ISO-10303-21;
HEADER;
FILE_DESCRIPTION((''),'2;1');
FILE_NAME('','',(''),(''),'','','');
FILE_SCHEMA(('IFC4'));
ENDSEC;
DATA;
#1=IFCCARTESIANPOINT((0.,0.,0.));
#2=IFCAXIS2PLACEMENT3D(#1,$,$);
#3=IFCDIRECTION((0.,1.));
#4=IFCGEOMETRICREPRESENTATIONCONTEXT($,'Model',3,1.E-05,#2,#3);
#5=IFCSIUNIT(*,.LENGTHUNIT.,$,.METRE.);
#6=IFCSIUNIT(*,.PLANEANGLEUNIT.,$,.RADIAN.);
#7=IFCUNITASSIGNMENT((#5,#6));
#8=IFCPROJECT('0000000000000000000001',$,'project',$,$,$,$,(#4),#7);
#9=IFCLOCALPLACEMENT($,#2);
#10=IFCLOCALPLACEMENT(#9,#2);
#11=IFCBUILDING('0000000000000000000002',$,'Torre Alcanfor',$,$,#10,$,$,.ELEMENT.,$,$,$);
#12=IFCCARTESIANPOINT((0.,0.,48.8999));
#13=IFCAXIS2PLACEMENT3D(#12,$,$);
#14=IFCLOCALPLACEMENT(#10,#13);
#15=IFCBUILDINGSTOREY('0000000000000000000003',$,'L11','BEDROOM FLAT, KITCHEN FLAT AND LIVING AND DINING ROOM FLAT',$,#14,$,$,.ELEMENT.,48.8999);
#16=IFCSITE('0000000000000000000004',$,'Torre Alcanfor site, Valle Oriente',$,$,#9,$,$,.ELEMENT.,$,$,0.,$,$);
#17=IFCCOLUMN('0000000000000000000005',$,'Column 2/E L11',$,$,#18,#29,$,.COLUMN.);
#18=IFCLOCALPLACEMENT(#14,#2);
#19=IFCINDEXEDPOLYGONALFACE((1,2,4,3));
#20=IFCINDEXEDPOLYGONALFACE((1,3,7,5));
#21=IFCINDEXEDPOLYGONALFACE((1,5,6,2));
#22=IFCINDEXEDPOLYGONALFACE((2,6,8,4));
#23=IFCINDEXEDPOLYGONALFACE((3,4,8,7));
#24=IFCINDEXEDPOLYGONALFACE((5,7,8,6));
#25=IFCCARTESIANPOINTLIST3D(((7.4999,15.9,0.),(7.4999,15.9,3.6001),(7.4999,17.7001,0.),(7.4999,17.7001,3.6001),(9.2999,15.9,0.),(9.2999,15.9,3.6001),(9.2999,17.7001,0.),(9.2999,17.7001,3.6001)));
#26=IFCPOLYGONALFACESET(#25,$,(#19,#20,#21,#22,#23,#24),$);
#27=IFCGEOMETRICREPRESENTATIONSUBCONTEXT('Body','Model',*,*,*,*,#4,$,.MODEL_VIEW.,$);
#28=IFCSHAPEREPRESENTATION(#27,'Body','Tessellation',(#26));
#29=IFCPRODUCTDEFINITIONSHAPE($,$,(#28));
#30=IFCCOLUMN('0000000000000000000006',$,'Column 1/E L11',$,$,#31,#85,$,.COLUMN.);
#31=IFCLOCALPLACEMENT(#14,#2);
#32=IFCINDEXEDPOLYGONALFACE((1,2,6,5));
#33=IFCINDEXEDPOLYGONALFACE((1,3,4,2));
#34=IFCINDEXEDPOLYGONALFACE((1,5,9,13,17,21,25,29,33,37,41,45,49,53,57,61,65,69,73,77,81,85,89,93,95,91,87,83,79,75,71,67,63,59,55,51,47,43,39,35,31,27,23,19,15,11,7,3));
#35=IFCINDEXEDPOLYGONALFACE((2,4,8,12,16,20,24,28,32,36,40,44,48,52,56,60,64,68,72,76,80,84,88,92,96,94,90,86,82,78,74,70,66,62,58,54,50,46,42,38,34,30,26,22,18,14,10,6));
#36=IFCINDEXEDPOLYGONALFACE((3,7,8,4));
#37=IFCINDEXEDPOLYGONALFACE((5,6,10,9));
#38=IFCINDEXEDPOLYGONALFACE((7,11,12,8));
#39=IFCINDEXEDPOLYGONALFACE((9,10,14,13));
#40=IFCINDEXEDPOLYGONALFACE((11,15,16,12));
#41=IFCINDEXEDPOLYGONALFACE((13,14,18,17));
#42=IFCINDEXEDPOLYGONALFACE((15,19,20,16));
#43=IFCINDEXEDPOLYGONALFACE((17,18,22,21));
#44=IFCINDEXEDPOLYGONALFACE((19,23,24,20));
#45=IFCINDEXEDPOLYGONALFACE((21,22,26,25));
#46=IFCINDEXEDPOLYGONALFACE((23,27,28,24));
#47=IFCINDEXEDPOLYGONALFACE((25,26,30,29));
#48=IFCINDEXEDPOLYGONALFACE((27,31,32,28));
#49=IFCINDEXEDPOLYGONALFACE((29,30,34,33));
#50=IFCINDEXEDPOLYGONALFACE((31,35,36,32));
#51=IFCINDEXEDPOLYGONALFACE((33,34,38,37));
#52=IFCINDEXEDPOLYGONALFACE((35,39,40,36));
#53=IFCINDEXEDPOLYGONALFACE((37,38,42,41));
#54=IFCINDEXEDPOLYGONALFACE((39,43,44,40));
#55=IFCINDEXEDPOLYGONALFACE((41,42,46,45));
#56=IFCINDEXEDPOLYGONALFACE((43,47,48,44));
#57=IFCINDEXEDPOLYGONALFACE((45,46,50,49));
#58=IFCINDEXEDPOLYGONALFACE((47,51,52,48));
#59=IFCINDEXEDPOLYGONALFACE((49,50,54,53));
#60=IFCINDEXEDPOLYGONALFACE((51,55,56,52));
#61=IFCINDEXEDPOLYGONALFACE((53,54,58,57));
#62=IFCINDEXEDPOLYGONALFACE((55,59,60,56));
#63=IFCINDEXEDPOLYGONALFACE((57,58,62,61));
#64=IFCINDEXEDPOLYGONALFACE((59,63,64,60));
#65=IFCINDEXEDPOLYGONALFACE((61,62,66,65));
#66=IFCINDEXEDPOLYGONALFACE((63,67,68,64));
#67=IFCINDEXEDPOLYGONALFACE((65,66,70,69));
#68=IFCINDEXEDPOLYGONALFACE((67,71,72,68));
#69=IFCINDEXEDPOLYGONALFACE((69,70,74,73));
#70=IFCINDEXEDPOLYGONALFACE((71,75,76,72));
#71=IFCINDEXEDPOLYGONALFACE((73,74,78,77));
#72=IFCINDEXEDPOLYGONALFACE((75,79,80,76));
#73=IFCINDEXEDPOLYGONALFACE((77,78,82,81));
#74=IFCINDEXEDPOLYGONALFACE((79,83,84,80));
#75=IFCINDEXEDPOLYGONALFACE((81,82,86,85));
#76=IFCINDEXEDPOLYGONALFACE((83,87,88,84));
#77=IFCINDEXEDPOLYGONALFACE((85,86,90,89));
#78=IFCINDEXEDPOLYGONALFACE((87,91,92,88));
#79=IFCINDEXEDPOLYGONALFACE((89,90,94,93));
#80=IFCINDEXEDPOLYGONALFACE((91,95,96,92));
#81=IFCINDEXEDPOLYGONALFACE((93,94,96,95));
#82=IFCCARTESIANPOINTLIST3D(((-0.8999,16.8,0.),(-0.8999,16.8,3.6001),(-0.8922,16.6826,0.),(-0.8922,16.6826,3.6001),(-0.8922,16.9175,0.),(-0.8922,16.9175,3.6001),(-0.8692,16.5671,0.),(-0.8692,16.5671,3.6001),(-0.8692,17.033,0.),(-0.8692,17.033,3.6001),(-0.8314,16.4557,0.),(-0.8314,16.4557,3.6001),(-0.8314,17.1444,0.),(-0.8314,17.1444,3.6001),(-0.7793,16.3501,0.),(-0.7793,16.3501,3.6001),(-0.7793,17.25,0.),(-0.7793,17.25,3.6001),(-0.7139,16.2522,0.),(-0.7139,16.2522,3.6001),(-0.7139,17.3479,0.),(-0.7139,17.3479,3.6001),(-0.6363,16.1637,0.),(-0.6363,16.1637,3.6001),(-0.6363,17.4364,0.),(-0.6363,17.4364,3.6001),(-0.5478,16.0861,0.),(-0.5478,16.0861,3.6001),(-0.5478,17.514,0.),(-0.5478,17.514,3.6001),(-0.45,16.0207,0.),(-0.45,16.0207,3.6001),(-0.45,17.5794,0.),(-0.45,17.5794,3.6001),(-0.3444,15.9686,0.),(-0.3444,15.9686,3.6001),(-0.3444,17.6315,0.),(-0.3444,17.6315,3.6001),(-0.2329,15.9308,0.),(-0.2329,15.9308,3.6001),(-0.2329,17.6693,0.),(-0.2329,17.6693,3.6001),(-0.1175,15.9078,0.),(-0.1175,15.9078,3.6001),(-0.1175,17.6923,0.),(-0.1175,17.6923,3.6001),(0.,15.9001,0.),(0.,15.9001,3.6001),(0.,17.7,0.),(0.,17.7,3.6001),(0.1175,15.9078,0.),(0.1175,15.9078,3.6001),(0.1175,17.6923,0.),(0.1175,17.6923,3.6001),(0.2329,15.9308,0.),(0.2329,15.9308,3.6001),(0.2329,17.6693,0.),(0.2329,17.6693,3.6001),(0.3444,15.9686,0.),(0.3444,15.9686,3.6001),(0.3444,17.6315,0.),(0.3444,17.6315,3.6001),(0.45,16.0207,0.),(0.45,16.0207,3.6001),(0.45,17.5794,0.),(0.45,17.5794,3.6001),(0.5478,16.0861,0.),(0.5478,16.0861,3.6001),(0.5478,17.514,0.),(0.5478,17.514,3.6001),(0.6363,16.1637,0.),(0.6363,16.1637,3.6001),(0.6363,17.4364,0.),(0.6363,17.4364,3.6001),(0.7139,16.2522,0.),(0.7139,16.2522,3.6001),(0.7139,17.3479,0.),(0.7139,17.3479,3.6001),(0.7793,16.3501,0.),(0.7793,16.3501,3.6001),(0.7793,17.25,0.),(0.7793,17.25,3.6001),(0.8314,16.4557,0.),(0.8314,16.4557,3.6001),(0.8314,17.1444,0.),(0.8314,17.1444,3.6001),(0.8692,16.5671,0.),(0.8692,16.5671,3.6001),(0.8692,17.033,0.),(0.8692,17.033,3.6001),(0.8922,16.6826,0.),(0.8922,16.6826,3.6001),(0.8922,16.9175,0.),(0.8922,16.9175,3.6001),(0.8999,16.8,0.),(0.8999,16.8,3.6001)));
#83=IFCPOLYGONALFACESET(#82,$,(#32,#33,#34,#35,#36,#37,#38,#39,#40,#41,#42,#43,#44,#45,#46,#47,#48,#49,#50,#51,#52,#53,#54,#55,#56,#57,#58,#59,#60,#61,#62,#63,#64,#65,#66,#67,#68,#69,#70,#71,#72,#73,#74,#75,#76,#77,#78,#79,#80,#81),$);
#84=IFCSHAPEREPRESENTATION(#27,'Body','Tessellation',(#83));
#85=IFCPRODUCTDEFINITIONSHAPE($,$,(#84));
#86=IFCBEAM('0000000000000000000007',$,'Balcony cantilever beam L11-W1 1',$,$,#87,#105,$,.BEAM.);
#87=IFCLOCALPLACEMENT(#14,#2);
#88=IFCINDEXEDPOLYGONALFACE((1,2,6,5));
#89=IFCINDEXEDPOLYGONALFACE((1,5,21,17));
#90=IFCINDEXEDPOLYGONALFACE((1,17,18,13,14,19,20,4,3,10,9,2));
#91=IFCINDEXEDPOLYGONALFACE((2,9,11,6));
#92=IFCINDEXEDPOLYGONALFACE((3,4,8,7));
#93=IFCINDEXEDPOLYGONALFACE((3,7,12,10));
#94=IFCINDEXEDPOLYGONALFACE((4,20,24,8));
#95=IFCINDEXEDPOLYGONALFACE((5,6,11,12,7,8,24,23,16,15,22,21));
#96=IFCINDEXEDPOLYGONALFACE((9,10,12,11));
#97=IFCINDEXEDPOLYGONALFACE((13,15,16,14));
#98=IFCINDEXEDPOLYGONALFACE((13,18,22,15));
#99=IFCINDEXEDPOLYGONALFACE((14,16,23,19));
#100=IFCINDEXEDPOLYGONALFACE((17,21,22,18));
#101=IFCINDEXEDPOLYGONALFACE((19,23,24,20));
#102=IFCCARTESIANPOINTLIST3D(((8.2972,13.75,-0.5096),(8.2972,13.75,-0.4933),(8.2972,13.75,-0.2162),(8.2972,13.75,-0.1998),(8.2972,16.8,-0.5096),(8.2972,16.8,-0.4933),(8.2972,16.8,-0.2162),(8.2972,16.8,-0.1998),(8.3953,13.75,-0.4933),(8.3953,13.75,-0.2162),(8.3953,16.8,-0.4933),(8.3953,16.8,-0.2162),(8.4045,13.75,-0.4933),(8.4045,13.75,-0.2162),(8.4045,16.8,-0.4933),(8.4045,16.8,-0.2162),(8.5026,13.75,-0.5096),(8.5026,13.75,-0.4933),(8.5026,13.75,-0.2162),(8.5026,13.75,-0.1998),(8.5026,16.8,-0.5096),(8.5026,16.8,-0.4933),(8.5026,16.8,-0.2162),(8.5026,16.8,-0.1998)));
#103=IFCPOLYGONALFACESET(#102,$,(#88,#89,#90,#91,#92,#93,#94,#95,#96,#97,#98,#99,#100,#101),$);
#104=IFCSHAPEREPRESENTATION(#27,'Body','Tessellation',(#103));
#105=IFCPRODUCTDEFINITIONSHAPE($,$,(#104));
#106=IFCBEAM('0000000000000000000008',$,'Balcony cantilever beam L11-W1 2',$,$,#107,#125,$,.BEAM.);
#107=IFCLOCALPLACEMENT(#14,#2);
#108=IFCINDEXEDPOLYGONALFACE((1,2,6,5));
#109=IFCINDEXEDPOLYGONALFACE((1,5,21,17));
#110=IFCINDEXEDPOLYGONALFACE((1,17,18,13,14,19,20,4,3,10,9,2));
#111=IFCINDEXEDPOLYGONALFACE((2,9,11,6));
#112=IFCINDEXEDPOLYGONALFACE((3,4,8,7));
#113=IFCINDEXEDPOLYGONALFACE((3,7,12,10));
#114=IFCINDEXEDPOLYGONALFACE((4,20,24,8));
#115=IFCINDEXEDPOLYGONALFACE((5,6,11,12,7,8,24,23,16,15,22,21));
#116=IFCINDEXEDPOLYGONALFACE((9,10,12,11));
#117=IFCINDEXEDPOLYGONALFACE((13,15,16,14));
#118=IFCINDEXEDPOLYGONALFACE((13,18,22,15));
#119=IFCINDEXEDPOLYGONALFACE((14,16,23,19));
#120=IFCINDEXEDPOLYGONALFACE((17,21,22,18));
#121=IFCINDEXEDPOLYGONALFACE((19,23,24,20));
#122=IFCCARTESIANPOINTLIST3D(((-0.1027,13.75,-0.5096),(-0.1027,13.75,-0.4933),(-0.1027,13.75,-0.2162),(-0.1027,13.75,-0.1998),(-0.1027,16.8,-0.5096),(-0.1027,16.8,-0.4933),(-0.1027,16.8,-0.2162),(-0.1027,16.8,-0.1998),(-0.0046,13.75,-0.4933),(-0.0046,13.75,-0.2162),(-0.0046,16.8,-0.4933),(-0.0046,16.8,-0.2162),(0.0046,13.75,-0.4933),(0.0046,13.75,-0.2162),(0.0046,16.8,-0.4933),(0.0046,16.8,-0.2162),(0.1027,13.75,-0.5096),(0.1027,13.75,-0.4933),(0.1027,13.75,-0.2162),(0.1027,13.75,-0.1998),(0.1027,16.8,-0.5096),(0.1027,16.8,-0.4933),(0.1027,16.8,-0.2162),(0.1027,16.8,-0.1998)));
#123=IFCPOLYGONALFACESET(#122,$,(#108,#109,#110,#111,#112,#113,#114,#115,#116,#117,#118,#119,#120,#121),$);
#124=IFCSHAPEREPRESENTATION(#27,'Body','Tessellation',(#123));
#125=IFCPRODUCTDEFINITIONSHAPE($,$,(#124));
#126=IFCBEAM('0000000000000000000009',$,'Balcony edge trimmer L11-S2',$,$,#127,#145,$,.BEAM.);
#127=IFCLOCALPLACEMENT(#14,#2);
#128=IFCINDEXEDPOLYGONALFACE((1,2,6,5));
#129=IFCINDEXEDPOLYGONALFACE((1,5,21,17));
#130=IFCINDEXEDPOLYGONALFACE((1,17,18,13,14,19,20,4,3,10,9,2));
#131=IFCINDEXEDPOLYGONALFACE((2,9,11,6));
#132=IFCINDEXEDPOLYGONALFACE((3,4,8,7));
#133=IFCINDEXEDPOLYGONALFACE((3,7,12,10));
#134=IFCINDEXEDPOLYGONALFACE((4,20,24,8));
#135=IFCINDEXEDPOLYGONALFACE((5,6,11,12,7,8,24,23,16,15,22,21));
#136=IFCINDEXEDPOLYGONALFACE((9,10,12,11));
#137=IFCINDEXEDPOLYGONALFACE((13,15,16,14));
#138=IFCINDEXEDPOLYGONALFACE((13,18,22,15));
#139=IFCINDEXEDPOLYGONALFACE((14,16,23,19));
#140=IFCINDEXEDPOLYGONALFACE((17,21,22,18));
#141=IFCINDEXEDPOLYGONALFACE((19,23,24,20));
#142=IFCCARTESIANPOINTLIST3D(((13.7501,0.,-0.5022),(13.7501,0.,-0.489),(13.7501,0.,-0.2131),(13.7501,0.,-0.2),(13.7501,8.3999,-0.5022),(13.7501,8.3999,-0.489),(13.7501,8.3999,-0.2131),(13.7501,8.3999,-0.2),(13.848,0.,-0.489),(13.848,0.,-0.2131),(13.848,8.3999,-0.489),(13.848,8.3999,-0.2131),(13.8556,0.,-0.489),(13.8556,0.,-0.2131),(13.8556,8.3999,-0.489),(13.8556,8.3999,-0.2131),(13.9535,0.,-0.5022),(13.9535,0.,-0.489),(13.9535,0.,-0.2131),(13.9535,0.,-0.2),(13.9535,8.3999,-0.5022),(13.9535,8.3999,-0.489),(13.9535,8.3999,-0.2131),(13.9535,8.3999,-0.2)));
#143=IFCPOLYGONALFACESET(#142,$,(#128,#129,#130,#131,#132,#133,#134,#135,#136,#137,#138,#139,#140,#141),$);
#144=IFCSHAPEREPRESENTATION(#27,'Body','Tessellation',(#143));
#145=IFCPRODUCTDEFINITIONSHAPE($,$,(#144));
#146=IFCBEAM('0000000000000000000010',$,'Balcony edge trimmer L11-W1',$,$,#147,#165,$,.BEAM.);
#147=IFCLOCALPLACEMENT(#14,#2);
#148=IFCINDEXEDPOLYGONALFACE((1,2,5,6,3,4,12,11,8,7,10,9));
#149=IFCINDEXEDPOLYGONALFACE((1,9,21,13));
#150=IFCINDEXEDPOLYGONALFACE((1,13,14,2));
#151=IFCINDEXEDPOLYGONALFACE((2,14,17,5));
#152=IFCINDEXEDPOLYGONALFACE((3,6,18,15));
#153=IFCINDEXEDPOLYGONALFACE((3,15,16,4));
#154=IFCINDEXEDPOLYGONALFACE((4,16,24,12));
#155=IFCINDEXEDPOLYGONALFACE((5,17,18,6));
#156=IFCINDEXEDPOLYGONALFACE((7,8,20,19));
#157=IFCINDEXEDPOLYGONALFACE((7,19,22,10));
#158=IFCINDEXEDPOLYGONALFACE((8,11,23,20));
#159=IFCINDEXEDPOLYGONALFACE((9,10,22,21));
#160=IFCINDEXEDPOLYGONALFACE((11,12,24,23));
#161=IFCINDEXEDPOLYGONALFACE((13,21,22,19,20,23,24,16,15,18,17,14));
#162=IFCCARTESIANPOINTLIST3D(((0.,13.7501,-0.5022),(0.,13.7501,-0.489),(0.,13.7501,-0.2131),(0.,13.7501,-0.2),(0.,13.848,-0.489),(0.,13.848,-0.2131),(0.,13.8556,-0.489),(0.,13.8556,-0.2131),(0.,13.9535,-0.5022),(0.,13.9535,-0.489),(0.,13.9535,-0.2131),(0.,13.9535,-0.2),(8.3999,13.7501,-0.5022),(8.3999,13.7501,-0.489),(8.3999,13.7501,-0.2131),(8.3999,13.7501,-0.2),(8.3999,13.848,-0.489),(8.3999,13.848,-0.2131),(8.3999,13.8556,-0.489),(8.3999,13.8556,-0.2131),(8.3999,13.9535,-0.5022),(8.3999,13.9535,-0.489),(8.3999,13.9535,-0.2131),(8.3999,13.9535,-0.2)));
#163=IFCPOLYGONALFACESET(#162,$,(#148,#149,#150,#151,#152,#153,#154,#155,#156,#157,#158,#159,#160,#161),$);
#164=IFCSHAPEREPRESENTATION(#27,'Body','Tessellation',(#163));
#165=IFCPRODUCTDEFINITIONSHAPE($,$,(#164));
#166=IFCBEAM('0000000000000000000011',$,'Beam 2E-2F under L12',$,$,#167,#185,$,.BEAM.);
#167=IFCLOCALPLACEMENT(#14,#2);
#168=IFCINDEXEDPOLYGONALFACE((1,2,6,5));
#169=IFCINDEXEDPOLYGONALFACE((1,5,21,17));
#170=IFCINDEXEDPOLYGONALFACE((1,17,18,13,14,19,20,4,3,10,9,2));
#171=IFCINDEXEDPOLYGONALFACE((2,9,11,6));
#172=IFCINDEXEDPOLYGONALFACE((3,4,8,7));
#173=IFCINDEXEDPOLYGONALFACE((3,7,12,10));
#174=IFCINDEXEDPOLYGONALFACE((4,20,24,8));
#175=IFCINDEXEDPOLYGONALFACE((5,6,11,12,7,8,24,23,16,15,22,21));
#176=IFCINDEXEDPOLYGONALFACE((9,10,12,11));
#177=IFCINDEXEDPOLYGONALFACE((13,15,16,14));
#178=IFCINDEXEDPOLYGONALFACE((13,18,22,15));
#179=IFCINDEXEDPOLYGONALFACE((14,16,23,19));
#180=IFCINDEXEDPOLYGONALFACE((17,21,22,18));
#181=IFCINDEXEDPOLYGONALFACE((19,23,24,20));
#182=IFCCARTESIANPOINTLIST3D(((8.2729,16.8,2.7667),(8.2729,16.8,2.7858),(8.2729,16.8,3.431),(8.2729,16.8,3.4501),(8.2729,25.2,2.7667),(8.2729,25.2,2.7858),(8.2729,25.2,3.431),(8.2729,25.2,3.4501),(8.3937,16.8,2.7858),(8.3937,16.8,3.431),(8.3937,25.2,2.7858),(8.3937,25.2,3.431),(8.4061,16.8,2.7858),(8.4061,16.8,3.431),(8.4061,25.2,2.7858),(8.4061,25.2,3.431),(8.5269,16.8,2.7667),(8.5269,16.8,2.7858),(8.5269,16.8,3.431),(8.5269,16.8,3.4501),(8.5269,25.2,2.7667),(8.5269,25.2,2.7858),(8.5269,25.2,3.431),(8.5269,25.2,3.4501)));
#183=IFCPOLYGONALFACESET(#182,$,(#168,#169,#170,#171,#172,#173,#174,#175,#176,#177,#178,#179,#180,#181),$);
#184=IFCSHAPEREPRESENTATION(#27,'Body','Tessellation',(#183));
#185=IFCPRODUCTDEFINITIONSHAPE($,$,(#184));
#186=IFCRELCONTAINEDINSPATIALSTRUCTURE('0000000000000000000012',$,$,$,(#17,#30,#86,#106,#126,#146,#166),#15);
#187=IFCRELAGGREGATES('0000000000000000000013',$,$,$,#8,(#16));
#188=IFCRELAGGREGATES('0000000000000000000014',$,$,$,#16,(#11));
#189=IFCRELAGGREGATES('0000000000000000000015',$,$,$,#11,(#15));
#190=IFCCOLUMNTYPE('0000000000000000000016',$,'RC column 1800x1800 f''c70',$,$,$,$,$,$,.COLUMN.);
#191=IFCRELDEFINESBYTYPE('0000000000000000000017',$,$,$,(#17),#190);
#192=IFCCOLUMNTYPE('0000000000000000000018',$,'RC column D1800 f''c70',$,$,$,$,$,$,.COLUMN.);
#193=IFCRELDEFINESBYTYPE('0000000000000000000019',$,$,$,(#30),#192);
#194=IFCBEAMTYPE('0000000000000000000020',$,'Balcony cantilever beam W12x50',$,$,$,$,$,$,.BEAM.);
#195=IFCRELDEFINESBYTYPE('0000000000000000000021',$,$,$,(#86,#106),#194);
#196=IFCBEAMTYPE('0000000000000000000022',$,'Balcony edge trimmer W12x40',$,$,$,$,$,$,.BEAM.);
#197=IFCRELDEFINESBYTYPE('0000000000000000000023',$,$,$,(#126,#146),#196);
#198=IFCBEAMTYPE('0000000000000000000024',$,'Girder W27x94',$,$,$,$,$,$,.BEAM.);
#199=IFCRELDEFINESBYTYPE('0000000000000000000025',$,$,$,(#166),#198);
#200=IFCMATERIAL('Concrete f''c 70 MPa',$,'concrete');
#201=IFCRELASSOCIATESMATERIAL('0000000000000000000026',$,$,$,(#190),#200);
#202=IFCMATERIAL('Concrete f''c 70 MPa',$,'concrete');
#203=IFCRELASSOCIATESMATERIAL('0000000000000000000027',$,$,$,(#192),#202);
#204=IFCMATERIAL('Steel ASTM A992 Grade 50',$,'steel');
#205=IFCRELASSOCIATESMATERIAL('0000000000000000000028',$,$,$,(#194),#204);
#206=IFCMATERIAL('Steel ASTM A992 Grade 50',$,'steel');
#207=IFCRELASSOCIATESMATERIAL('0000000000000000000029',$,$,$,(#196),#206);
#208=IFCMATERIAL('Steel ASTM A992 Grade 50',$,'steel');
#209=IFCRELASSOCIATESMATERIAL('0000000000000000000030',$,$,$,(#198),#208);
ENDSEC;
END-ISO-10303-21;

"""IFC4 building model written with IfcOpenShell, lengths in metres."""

from ifc_helpers import new_model, si_unit, direction, frame, origin, origin_2d, place, context, subcontext, project, spatial, rectangle, circle, i_section, extrude, material, material_profile, profile_set, type_object, element, save


model = new_model("IFC4")

# Units and contexts
model_context = context("Model", 3, precision=1e-05, world=origin(), true_north=direction((0.0, 1.0)))
body_context = subcontext(model_context, "Body", "Model", "MODEL_VIEW")
ifc_project = project(units=[si_unit("LENGTHUNIT", "METRE"), si_unit("PLANEANGLEUNIT", "RADIAN")], contexts=[model_context])

# Site, building, storey
site_placement = place(None, origin())
site = spatial("IfcSite", under=ifc_project, at=site_placement, Name="Torre Alcanfor site, Valle Oriente", CompositionType="ELEMENT", RefElevation=0.0)
building_placement = place(site_placement, origin())
building = spatial("IfcBuilding", under=site, at=building_placement, Name="Torre Alcanfor", CompositionType="ELEMENT")
storey_placement = place(building_placement, frame((0.0, 0.0, 48.8999)))
storey = spatial("IfcBuildingStorey", under=building, at=storey_placement, Name="L11", Description="BEDROOM FLAT, KITCHEN FLAT AND LIVING AND DINING ROOM FLAT", CompositionType="ELEMENT", Elevation=48.8999)

# Columns
ifc_material_1 = material(Name="Concrete f'c 70 MPa", Category="concrete")
ifc_material_profile_1 = material_profile(ifc_material_1, rectangle(XDim=1.8, YDim=1.8, at=origin_2d()), Name="1800x1800")
ifc_profile_set_1 = profile_set([ifc_material_profile_1], Name="Concrete f'c 70 MPa")
column_type_1 = type_object("IfcColumnType", Name="RC column 1800x1800 f'c70", PredefinedType="COLUMN", material=ifc_profile_set_1)
column_1_placement = place(storey_placement, frame((8.3999, 16.8, 0.0), z_axis=(0.0, 0.0, 1.0), x_axis=(1.0, 0.0, 0.0)))
element("IfcColumn", 1, at=column_1_placement, inside=storey, type_object=column_type_1, Name="Column 2/E L11", PredefinedType="COLUMN", context=body_context, shape_type="SweptSolid", body=[
    extrude(rectangle(XDim=1.8, YDim=1.8, at=origin_2d()), origin(), (0.0, 0.0, 1.0), 3.6001),
])
ifc_material_2 = material(Name="Concrete f'c 70 MPa", Category="concrete")
ifc_material_profile_2 = material_profile(ifc_material_2, circle(Radius=0.8999, at=origin_2d()), Name="D1800")
ifc_profile_set_2 = profile_set([ifc_material_profile_2], Name="Concrete f'c 70 MPa")
column_type_2 = type_object("IfcColumnType", Name="RC column D1800 f'c70", PredefinedType="COLUMN", material=ifc_profile_set_2)
column_2_placement = place(storey_placement, frame((0.0, 16.8, 0.0), z_axis=(0.0, 0.0, 1.0), x_axis=(1.0, 0.0, 0.0)))
element("IfcColumn", 2, at=column_2_placement, inside=storey, type_object=column_type_2, Name="Column 1/E L11", PredefinedType="COLUMN", context=body_context, shape_type="SweptSolid", body=[
    extrude(circle(Radius=0.8999, at=origin_2d()), origin(), (0.0, 0.0, 1.0), 3.6001),
])

# Beams
ifc_material_3 = material(Name="Steel ASTM A992 Grade 50", Category="steel")
ifc_material_profile_3 = material_profile(ifc_material_3, i_section(OverallWidth=0.2053, OverallDepth=0.3098, WebThickness=0.0093, FlangeThickness=0.0164, at=origin_2d()), Name="W12x50")
ifc_profile_set_3 = profile_set([ifc_material_profile_3], Name="Steel ASTM A992 Grade 50")
beam_type_1 = type_object("IfcBeamType", Name="Balcony cantilever beam W12x50", PredefinedType="BEAM", material=ifc_profile_set_3)
for number, where, z_axis, x_axis, name in (
    (3, (8.3999, 16.8, -0.3547), (0.0, -1.0, 0.0), (1.0, 0.0, 0.0), "Balcony cantilever beam L11-W1 1"),
    (4, (0.0, 16.8, -0.3547), (0.0, -1.0, 0.0), (1.0, 0.0, 0.0), "Balcony cantilever beam L11-W1 2"),
):
    element("IfcBeam", number, at=place(storey_placement, frame(where, z_axis=z_axis, x_axis=x_axis)), inside=storey, type_object=beam_type_1, Name=name, PredefinedType="BEAM", context=body_context, shape_type="SweptSolid", body=[
        extrude(i_section(OverallWidth=0.2053, OverallDepth=0.3098, WebThickness=0.0093, FlangeThickness=0.0164, at=origin_2d()), origin(), (0.0, 0.0, 1.0), 3.05),
    ])
ifc_material_4 = material(Name="Steel ASTM A992 Grade 50", Category="steel")
ifc_material_profile_4 = material_profile(ifc_material_4, i_section(OverallWidth=0.2034, OverallDepth=0.3022, WebThickness=0.0076, FlangeThickness=0.0132, at=origin_2d()), Name="W12x40")
ifc_profile_set_4 = profile_set([ifc_material_profile_4], Name="Steel ASTM A992 Grade 50")
beam_type_2 = type_object("IfcBeamType", Name="Balcony edge trimmer W12x40", PredefinedType="BEAM", material=ifc_profile_set_4)
for number, where, z_axis, x_axis, name in (
    (5, (13.8518, 8.3999, -0.3511), (0.0, -1.0, 0.0), (1.0, 0.0, 0.0), "Balcony edge trimmer L11-S2"),
    (6, (8.3999, 13.8518, -0.3511), (-1.0, 0.0, 0.0), (0.0, -1.0, 0.0), "Balcony edge trimmer L11-W1"),
):
    element("IfcBeam", number, at=place(storey_placement, frame(where, z_axis=z_axis, x_axis=x_axis)), inside=storey, type_object=beam_type_2, Name=name, PredefinedType="BEAM", context=body_context, shape_type="SweptSolid", body=[
        extrude(i_section(OverallWidth=0.2034, OverallDepth=0.3022, WebThickness=0.0076, FlangeThickness=0.0132, at=origin_2d()), origin(), (0.0, 0.0, 1.0), 8.3999),
    ])
ifc_material_5 = material(Name="Steel ASTM A992 Grade 50", Category="steel")
ifc_material_profile_5 = material_profile(ifc_material_5, i_section(OverallWidth=0.2539, OverallDepth=0.6833, WebThickness=0.0125, FlangeThickness=0.019, at=origin_2d()), Name="W27x94")
ifc_profile_set_5 = profile_set([ifc_material_profile_5], Name="Steel ASTM A992 Grade 50")
beam_type_3 = type_object("IfcBeamType", Name="Girder W27x94", PredefinedType="BEAM", material=ifc_profile_set_5)
beam_1_placement = place(storey_placement, frame((8.3999, 16.8, 3.1084), z_axis=(0.0, 1.0, 0.0), x_axis=(-1.0, 0.0, 0.0)))
element("IfcBeam", 7, at=beam_1_placement, inside=storey, type_object=beam_type_3, Name="Beam 2E-2F under L12", PredefinedType="BEAM", context=body_context, shape_type="SweptSolid", body=[
    extrude(i_section(OverallWidth=0.2539, OverallDepth=0.6833, WebThickness=0.0125, FlangeThickness=0.019, at=origin_2d()), origin(), (0.0, 0.0, 1.0), 8.3999),
])

save(model, "model.ifc")
